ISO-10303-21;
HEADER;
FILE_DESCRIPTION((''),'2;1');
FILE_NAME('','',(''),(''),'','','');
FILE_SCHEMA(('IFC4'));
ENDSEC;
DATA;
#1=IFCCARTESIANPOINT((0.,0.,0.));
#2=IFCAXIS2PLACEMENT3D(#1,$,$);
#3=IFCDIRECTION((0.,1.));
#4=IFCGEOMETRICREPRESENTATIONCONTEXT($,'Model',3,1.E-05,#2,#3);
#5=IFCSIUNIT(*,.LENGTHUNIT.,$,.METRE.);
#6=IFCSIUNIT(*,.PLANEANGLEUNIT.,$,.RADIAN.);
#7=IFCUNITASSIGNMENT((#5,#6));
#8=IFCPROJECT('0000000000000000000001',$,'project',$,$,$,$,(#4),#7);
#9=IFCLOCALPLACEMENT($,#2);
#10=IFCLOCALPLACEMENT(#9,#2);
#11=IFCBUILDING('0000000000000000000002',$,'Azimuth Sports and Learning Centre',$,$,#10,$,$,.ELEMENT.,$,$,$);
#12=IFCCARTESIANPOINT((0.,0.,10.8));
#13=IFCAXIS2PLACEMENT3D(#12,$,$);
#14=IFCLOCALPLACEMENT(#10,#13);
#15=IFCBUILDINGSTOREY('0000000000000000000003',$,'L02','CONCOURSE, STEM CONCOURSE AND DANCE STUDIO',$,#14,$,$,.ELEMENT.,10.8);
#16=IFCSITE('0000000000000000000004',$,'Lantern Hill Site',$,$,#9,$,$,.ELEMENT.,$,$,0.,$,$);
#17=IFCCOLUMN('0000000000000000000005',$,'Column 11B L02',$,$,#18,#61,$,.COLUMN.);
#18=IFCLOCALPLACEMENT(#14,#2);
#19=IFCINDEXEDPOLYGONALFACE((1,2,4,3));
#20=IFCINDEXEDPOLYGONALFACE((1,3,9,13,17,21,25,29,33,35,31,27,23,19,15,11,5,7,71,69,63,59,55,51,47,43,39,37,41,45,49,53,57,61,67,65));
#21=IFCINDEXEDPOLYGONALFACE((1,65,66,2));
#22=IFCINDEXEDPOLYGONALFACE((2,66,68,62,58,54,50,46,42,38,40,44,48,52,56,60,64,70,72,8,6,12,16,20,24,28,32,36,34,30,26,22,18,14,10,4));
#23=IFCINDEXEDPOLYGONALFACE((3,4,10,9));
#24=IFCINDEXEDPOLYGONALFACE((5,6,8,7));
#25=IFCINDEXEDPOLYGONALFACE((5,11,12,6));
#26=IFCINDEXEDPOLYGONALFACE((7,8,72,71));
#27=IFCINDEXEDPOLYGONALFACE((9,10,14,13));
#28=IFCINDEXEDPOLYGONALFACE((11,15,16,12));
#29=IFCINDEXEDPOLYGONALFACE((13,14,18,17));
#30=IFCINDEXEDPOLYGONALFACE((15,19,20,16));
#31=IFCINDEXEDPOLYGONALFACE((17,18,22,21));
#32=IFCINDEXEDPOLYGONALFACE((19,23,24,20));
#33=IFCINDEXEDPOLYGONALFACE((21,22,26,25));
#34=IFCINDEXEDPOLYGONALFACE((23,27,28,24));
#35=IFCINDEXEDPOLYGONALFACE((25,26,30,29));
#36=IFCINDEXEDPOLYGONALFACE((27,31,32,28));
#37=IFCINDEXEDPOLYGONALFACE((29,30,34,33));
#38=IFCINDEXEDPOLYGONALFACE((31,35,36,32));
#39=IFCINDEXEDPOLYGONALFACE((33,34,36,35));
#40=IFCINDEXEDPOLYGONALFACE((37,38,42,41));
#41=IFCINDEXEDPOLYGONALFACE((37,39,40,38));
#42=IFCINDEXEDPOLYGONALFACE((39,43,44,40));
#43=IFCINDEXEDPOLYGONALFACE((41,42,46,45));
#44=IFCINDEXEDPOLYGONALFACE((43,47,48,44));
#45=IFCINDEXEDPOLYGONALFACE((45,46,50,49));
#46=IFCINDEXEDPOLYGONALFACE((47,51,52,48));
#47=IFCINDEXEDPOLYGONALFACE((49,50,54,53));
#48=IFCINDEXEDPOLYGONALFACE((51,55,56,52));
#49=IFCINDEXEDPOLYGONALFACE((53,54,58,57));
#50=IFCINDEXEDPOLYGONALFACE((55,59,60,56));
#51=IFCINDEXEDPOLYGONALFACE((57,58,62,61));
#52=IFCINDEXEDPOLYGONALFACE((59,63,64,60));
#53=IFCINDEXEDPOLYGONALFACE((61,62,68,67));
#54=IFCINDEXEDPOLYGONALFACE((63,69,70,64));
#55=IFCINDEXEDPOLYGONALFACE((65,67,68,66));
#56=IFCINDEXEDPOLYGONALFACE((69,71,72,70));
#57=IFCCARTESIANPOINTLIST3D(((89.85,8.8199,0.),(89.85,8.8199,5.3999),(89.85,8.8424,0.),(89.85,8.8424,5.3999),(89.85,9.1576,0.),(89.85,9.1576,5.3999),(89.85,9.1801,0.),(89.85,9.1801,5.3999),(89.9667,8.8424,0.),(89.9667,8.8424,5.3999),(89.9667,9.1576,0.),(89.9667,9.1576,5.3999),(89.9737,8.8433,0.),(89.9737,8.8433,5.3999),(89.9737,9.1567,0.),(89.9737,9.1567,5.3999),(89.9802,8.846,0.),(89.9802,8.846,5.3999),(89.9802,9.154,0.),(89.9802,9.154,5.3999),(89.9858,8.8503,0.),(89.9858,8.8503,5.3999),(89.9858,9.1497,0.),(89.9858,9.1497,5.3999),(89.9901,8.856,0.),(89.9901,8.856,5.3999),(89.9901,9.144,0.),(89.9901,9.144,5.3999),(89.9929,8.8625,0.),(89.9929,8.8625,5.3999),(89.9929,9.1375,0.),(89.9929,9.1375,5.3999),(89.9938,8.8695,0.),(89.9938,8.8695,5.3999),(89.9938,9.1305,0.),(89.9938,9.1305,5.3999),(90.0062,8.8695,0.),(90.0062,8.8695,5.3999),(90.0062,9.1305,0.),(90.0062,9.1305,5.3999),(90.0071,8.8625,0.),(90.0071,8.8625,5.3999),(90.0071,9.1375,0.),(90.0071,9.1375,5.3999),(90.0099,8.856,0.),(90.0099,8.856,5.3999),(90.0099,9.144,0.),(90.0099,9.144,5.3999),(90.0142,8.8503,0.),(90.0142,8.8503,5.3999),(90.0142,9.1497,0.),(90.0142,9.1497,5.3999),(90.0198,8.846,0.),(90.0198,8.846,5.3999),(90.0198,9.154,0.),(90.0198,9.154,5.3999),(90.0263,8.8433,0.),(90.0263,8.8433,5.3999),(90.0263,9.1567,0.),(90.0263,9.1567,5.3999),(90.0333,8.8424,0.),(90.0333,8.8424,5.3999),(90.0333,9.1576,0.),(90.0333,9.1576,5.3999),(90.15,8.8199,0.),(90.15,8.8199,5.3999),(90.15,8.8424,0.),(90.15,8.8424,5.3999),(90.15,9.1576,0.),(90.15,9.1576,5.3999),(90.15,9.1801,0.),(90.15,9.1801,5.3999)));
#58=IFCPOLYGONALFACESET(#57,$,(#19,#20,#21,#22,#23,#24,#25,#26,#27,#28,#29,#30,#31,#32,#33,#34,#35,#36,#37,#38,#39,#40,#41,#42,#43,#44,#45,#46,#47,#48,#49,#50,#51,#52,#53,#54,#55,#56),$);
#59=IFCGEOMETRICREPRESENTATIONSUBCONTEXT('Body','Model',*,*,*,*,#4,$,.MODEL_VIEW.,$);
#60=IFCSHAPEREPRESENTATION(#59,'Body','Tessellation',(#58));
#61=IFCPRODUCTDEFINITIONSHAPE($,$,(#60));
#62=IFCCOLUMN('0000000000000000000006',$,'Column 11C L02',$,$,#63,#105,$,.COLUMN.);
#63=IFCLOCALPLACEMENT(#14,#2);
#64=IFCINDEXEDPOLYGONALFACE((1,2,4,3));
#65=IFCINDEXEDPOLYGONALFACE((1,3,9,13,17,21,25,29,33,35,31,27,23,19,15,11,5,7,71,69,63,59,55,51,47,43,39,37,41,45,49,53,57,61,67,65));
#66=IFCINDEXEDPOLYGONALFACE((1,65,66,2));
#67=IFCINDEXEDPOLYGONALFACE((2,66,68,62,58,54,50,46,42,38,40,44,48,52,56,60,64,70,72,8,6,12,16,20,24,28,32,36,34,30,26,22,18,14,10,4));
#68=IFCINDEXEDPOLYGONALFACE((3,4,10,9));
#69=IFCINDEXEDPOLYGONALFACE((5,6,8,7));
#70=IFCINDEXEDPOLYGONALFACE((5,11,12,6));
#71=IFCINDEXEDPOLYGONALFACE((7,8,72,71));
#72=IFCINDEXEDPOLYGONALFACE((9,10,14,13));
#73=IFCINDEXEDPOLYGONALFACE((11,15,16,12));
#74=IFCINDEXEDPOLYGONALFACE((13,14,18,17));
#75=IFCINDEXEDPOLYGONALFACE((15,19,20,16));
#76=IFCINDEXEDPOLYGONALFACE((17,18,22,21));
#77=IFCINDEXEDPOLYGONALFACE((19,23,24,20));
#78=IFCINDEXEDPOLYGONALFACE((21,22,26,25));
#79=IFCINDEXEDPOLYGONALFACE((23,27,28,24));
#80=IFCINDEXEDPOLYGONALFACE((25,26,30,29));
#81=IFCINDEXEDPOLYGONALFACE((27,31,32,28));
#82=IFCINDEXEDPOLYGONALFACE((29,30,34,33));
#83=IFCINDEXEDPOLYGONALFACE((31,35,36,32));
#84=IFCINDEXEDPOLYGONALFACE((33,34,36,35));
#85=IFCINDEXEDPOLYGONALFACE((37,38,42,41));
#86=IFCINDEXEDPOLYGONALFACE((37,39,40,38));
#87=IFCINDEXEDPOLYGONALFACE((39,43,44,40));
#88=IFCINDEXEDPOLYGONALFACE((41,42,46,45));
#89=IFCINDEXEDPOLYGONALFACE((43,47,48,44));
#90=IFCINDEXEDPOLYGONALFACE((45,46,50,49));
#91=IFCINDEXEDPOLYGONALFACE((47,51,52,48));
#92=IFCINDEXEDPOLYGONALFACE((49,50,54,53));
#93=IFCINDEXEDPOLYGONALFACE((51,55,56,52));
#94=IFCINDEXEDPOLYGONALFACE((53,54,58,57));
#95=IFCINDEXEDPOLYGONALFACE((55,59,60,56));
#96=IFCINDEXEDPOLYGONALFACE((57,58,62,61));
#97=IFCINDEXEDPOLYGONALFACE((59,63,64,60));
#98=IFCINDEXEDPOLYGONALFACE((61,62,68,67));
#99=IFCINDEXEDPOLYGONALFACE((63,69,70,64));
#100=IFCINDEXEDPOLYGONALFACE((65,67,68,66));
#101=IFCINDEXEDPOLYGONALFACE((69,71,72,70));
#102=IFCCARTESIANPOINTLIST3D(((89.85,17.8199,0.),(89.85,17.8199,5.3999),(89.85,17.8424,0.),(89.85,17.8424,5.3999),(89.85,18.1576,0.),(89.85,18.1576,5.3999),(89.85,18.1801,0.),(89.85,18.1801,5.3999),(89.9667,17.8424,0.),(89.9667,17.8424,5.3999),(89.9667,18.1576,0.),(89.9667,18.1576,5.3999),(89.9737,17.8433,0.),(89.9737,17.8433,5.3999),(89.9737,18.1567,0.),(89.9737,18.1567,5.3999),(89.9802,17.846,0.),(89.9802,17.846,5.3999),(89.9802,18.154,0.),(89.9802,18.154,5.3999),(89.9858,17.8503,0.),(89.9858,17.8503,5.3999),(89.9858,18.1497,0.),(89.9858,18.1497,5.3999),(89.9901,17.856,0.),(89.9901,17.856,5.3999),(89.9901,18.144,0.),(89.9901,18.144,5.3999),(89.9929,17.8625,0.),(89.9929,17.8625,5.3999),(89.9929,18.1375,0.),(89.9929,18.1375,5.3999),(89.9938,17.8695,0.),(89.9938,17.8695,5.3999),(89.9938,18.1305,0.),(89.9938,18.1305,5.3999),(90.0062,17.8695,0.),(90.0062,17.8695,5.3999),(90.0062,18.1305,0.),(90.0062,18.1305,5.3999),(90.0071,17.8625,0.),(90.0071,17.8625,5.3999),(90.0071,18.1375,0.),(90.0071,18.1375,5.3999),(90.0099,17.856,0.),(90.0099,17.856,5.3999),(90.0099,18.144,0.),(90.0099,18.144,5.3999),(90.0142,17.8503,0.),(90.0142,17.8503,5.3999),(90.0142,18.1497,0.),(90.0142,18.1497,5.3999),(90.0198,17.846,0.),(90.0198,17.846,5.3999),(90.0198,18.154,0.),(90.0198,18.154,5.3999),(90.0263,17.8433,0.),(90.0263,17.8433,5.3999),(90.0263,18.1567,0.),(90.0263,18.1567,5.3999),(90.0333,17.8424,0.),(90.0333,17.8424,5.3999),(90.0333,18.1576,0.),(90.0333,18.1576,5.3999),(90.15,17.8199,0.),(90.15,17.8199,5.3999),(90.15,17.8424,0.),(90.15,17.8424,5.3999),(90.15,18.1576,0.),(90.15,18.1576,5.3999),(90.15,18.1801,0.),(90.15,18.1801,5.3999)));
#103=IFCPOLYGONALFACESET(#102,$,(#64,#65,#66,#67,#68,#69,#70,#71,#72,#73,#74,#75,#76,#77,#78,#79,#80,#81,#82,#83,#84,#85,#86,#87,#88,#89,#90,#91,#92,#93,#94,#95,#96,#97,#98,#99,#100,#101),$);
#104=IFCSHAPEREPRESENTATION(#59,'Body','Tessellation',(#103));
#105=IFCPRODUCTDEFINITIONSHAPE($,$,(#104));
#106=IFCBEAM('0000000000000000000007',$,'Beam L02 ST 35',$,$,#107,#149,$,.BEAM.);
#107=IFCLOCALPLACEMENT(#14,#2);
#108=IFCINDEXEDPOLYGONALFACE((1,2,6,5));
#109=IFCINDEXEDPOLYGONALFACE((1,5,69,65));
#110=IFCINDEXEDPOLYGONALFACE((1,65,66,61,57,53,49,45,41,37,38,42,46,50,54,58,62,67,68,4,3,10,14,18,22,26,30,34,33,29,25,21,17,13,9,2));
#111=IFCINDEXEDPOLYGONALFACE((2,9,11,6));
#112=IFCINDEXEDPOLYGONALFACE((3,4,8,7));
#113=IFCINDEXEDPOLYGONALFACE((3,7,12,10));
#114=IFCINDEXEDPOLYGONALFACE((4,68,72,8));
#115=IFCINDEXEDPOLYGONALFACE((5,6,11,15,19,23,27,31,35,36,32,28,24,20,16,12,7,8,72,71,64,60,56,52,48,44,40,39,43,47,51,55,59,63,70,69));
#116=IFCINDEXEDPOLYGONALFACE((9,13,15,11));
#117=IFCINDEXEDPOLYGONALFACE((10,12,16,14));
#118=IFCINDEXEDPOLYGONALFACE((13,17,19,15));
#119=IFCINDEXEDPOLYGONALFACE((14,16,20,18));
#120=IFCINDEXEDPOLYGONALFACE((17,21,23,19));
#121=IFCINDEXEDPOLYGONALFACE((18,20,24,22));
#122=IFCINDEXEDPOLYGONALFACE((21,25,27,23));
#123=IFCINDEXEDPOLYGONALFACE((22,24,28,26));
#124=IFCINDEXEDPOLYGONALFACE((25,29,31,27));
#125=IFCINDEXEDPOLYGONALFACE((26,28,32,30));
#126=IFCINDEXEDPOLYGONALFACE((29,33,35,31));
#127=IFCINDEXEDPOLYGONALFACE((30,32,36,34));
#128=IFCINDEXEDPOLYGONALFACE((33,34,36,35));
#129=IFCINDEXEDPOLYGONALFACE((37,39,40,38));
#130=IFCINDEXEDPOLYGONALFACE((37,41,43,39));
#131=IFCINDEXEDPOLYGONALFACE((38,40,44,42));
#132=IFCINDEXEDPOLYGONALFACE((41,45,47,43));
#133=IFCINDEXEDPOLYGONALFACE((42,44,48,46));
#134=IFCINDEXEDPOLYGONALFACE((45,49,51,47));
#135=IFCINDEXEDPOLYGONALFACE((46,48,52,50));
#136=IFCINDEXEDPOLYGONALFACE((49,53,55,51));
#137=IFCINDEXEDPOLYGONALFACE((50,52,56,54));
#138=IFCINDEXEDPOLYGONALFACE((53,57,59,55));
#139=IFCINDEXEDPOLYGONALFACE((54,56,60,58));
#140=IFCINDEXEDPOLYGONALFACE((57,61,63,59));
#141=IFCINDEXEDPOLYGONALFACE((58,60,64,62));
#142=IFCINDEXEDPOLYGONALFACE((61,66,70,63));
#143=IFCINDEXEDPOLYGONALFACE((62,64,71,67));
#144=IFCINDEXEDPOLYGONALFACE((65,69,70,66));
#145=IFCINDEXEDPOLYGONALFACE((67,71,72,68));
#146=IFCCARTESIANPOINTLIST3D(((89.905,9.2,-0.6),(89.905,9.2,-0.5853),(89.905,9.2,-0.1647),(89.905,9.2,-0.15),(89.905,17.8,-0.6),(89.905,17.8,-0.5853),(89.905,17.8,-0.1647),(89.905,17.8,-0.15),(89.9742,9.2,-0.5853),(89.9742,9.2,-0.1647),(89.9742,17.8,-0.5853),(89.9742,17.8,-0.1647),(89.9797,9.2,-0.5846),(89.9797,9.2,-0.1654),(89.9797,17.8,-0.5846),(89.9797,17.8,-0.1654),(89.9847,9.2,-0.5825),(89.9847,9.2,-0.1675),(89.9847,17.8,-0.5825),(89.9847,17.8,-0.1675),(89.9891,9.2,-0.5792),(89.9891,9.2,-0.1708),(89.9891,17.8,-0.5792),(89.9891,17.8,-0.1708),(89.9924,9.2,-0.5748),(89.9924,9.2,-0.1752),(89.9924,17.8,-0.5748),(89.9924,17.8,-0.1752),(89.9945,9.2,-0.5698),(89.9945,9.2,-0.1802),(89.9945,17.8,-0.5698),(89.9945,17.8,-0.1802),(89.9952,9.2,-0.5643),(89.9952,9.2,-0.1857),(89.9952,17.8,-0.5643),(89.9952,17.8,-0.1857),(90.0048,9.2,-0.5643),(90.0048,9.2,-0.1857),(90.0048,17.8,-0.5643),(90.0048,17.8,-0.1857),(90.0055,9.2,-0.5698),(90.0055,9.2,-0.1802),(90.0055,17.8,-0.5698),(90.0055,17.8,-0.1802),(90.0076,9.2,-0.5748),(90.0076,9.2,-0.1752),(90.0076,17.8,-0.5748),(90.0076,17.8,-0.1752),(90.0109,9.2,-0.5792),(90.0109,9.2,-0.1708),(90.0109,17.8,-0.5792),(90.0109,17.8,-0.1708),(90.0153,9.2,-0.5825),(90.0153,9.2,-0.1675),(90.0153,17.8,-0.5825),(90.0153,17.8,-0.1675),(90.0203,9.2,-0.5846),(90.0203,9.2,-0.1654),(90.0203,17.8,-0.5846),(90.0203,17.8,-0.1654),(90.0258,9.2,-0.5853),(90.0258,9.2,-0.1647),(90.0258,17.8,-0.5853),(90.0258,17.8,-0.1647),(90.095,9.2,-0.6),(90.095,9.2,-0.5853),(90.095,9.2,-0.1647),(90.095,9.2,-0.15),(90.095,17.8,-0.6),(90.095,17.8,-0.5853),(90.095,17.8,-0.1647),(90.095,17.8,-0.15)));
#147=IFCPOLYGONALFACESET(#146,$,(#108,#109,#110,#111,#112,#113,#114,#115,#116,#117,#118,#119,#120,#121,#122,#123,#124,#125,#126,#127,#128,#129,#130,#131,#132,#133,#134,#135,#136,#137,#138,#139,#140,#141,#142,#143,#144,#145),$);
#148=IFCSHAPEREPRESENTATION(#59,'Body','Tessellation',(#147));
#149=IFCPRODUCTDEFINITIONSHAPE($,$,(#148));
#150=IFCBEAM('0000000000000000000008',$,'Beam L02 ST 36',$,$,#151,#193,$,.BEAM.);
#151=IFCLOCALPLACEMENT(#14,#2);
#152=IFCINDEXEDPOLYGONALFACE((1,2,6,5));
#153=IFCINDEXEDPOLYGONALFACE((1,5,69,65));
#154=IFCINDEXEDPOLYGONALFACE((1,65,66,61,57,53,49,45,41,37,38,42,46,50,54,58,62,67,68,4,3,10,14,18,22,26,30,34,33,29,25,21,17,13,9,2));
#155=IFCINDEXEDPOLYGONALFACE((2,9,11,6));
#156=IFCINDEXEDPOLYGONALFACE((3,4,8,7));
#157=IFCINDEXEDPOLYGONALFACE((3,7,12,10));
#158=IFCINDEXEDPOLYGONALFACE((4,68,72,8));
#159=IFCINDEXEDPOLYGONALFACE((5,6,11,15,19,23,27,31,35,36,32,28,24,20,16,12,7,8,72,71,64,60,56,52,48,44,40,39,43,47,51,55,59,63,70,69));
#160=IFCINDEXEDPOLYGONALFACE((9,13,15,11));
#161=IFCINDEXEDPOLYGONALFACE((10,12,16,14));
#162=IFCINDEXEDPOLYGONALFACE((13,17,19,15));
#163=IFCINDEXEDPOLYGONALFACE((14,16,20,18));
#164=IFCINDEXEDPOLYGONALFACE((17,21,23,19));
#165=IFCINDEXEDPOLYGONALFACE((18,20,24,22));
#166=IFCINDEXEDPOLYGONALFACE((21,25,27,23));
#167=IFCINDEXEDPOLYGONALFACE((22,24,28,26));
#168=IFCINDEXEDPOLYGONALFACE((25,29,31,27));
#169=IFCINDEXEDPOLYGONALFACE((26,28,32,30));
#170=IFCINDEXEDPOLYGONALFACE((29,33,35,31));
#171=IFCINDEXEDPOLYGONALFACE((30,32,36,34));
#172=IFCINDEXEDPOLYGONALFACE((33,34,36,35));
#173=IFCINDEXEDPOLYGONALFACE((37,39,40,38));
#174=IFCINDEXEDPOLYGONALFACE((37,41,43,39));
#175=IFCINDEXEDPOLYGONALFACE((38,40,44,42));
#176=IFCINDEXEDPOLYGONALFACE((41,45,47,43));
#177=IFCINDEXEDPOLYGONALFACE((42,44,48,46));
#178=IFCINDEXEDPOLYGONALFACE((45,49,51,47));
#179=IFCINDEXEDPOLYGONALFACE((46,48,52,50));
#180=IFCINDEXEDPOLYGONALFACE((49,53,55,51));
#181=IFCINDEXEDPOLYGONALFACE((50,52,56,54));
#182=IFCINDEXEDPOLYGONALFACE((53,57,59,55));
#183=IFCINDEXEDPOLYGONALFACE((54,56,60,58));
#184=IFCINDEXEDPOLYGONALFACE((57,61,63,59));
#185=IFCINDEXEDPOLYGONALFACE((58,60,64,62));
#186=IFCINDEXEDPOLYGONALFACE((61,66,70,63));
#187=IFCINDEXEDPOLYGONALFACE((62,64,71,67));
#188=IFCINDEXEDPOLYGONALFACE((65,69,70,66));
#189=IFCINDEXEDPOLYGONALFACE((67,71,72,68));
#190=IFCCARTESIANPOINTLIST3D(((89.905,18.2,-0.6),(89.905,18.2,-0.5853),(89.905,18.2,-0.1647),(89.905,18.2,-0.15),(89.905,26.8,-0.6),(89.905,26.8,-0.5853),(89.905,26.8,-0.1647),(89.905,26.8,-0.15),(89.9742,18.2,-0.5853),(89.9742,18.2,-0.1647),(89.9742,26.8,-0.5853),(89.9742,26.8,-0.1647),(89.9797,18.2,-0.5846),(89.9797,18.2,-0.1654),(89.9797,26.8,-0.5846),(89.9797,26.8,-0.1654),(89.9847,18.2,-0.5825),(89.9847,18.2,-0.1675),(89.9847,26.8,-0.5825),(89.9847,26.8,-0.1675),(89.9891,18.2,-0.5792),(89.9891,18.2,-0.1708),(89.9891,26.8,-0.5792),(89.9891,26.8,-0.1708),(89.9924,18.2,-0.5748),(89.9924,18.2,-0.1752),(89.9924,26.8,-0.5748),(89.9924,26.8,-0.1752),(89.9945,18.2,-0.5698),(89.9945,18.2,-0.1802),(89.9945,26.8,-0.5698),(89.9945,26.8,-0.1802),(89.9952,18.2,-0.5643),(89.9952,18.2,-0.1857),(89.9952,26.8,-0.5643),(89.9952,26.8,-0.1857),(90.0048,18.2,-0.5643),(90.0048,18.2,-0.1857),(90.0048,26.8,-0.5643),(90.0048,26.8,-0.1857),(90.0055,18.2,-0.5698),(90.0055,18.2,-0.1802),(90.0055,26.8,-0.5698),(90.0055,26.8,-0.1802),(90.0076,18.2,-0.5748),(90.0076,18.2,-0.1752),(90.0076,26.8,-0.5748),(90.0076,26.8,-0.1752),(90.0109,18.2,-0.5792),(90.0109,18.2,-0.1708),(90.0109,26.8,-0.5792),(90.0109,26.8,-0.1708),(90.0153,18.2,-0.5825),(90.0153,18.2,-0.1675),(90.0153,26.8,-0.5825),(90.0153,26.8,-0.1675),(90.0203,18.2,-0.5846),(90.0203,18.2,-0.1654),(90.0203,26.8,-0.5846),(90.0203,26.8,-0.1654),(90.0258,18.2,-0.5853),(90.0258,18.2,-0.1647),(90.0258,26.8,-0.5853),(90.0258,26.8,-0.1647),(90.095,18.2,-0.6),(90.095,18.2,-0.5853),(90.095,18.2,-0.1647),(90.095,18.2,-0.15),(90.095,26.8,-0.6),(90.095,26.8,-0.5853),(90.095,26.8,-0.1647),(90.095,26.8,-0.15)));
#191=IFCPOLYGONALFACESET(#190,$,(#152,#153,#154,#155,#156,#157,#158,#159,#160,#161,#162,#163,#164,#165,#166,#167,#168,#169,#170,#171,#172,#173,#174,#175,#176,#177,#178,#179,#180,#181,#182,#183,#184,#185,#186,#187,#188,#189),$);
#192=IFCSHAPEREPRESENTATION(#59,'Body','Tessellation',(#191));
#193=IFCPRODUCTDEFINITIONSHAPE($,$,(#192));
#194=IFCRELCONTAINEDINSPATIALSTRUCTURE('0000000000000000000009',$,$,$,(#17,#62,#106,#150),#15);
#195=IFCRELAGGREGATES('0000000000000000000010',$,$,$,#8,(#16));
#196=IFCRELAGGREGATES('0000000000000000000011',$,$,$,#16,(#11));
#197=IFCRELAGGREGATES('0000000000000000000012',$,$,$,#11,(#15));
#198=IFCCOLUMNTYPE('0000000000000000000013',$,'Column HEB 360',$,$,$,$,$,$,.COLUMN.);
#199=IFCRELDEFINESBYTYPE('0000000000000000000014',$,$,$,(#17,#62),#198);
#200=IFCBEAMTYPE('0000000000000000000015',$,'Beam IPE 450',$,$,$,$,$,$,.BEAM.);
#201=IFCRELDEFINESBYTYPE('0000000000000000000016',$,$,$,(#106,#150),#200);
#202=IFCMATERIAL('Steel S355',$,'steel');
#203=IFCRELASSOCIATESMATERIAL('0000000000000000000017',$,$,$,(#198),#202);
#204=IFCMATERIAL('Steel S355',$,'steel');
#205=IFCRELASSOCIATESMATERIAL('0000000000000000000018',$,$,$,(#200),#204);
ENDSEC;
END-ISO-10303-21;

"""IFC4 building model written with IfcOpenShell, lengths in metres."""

from ifc_helpers import new_model, si_unit, direction, frame, origin, origin_2d, place, context, subcontext, project, spatial, i_section, extrude, material, material_profile, profile_set, type_object, element, save


model = new_model("IFC4")

# Units and contexts
model_context = context("Model", 3, precision=1e-05, world=origin(), true_north=direction((0.0, 1.0)))
body_context = subcontext(model_context, "Body", "Model", "MODEL_VIEW")
ifc_project = project(units=[si_unit("LENGTHUNIT", "METRE"), si_unit("PLANEANGLEUNIT", "RADIAN")], contexts=[model_context])

# Site, building, storey
site_placement = place(None, origin())
site = spatial("IfcSite", under=ifc_project, at=site_placement, Name="Lantern Hill Site", CompositionType="ELEMENT", RefElevation=0.0)
building_placement = place(site_placement, origin())
building = spatial("IfcBuilding", under=site, at=building_placement, Name="Azimuth Sports and Learning Centre", CompositionType="ELEMENT")
storey_placement = place(building_placement, frame((0.0, 0.0, 10.8)))
storey = spatial("IfcBuildingStorey", under=building, at=storey_placement, Name="L02", Description="CONCOURSE, STEM CONCOURSE AND DANCE STUDIO", CompositionType="ELEMENT", Elevation=10.8)

# Columns
ifc_material_1 = material(Name="Steel S355", Category="steel")
ifc_material_profile_1 = material_profile(ifc_material_1, i_section(OverallWidth=0.3, OverallDepth=0.3601, WebThickness=0.0125, FlangeThickness=0.0225, FilletRadius=0.0271, at=origin_2d()), Name="HEB 360")
ifc_profile_set_1 = profile_set([ifc_material_profile_1], Name="Steel S355")
column_type = type_object("IfcColumnType", Name="Column HEB 360", PredefinedType="COLUMN", material=ifc_profile_set_1)
for number, where, z_axis, x_axis, name in (
    (1, (90.0, 9.0, 0.0), (0.0, 0.0, 1.0), (1.0, 0.0, 0.0), "Column 11B L02"),
    (2, (90.0, 18.0, 0.0), (0.0, 0.0, 1.0), (1.0, 0.0, 0.0), "Column 11C L02"),
):
    element("IfcColumn", number, at=place(storey_placement, frame(where, z_axis=z_axis, x_axis=x_axis)), inside=storey, type_object=column_type, Name=name, PredefinedType="COLUMN", context=body_context, shape_type="SweptSolid", body=[
        extrude(i_section(OverallWidth=0.3, OverallDepth=0.3601, WebThickness=0.0125, FlangeThickness=0.0225, FilletRadius=0.0271, at=origin_2d()), origin(), (0.0, 0.0, 1.0), 5.3999),
    ])

# Beams
ifc_material_2 = material(Name="Steel S355", Category="steel")
ifc_material_profile_2 = material_profile(ifc_material_2, i_section(OverallWidth=0.1899, OverallDepth=0.45, WebThickness=0.0095, FlangeThickness=0.0146, FilletRadius=0.021, at=origin_2d()), Name="IPE 450")
ifc_profile_set_2 = profile_set([ifc_material_profile_2], Name="Steel S355")
beam_type_1 = type_object("IfcBeamType", Name="Beam IPE 450", PredefinedType="BEAM", material=ifc_profile_set_2)
for number, where, z_axis, x_axis, name in (
    (3, (90.0, 9.2, -0.375), (0.0, 1.0, 0.0), (-1.0, 0.0, 0.0), "Beam L02 ST 35"),
    (4, (90.0, 18.2, -0.375), (0.0, 1.0, 0.0), (-1.0, 0.0, 0.0), "Beam L02 ST 36"),
):
    element("IfcBeam", number, at=place(storey_placement, frame(where, z_axis=z_axis, x_axis=x_axis)), inside=storey, type_object=beam_type_1, Name=name, PredefinedType="BEAM", context=body_context, shape_type="SweptSolid", body=[
        extrude(i_section(OverallWidth=0.1899, OverallDepth=0.45, WebThickness=0.0095, FlangeThickness=0.0146, FilletRadius=0.021, at=origin_2d()), origin(), (0.0, 0.0, 1.0), 8.6001),
    ])

save(model, "model.ifc")
